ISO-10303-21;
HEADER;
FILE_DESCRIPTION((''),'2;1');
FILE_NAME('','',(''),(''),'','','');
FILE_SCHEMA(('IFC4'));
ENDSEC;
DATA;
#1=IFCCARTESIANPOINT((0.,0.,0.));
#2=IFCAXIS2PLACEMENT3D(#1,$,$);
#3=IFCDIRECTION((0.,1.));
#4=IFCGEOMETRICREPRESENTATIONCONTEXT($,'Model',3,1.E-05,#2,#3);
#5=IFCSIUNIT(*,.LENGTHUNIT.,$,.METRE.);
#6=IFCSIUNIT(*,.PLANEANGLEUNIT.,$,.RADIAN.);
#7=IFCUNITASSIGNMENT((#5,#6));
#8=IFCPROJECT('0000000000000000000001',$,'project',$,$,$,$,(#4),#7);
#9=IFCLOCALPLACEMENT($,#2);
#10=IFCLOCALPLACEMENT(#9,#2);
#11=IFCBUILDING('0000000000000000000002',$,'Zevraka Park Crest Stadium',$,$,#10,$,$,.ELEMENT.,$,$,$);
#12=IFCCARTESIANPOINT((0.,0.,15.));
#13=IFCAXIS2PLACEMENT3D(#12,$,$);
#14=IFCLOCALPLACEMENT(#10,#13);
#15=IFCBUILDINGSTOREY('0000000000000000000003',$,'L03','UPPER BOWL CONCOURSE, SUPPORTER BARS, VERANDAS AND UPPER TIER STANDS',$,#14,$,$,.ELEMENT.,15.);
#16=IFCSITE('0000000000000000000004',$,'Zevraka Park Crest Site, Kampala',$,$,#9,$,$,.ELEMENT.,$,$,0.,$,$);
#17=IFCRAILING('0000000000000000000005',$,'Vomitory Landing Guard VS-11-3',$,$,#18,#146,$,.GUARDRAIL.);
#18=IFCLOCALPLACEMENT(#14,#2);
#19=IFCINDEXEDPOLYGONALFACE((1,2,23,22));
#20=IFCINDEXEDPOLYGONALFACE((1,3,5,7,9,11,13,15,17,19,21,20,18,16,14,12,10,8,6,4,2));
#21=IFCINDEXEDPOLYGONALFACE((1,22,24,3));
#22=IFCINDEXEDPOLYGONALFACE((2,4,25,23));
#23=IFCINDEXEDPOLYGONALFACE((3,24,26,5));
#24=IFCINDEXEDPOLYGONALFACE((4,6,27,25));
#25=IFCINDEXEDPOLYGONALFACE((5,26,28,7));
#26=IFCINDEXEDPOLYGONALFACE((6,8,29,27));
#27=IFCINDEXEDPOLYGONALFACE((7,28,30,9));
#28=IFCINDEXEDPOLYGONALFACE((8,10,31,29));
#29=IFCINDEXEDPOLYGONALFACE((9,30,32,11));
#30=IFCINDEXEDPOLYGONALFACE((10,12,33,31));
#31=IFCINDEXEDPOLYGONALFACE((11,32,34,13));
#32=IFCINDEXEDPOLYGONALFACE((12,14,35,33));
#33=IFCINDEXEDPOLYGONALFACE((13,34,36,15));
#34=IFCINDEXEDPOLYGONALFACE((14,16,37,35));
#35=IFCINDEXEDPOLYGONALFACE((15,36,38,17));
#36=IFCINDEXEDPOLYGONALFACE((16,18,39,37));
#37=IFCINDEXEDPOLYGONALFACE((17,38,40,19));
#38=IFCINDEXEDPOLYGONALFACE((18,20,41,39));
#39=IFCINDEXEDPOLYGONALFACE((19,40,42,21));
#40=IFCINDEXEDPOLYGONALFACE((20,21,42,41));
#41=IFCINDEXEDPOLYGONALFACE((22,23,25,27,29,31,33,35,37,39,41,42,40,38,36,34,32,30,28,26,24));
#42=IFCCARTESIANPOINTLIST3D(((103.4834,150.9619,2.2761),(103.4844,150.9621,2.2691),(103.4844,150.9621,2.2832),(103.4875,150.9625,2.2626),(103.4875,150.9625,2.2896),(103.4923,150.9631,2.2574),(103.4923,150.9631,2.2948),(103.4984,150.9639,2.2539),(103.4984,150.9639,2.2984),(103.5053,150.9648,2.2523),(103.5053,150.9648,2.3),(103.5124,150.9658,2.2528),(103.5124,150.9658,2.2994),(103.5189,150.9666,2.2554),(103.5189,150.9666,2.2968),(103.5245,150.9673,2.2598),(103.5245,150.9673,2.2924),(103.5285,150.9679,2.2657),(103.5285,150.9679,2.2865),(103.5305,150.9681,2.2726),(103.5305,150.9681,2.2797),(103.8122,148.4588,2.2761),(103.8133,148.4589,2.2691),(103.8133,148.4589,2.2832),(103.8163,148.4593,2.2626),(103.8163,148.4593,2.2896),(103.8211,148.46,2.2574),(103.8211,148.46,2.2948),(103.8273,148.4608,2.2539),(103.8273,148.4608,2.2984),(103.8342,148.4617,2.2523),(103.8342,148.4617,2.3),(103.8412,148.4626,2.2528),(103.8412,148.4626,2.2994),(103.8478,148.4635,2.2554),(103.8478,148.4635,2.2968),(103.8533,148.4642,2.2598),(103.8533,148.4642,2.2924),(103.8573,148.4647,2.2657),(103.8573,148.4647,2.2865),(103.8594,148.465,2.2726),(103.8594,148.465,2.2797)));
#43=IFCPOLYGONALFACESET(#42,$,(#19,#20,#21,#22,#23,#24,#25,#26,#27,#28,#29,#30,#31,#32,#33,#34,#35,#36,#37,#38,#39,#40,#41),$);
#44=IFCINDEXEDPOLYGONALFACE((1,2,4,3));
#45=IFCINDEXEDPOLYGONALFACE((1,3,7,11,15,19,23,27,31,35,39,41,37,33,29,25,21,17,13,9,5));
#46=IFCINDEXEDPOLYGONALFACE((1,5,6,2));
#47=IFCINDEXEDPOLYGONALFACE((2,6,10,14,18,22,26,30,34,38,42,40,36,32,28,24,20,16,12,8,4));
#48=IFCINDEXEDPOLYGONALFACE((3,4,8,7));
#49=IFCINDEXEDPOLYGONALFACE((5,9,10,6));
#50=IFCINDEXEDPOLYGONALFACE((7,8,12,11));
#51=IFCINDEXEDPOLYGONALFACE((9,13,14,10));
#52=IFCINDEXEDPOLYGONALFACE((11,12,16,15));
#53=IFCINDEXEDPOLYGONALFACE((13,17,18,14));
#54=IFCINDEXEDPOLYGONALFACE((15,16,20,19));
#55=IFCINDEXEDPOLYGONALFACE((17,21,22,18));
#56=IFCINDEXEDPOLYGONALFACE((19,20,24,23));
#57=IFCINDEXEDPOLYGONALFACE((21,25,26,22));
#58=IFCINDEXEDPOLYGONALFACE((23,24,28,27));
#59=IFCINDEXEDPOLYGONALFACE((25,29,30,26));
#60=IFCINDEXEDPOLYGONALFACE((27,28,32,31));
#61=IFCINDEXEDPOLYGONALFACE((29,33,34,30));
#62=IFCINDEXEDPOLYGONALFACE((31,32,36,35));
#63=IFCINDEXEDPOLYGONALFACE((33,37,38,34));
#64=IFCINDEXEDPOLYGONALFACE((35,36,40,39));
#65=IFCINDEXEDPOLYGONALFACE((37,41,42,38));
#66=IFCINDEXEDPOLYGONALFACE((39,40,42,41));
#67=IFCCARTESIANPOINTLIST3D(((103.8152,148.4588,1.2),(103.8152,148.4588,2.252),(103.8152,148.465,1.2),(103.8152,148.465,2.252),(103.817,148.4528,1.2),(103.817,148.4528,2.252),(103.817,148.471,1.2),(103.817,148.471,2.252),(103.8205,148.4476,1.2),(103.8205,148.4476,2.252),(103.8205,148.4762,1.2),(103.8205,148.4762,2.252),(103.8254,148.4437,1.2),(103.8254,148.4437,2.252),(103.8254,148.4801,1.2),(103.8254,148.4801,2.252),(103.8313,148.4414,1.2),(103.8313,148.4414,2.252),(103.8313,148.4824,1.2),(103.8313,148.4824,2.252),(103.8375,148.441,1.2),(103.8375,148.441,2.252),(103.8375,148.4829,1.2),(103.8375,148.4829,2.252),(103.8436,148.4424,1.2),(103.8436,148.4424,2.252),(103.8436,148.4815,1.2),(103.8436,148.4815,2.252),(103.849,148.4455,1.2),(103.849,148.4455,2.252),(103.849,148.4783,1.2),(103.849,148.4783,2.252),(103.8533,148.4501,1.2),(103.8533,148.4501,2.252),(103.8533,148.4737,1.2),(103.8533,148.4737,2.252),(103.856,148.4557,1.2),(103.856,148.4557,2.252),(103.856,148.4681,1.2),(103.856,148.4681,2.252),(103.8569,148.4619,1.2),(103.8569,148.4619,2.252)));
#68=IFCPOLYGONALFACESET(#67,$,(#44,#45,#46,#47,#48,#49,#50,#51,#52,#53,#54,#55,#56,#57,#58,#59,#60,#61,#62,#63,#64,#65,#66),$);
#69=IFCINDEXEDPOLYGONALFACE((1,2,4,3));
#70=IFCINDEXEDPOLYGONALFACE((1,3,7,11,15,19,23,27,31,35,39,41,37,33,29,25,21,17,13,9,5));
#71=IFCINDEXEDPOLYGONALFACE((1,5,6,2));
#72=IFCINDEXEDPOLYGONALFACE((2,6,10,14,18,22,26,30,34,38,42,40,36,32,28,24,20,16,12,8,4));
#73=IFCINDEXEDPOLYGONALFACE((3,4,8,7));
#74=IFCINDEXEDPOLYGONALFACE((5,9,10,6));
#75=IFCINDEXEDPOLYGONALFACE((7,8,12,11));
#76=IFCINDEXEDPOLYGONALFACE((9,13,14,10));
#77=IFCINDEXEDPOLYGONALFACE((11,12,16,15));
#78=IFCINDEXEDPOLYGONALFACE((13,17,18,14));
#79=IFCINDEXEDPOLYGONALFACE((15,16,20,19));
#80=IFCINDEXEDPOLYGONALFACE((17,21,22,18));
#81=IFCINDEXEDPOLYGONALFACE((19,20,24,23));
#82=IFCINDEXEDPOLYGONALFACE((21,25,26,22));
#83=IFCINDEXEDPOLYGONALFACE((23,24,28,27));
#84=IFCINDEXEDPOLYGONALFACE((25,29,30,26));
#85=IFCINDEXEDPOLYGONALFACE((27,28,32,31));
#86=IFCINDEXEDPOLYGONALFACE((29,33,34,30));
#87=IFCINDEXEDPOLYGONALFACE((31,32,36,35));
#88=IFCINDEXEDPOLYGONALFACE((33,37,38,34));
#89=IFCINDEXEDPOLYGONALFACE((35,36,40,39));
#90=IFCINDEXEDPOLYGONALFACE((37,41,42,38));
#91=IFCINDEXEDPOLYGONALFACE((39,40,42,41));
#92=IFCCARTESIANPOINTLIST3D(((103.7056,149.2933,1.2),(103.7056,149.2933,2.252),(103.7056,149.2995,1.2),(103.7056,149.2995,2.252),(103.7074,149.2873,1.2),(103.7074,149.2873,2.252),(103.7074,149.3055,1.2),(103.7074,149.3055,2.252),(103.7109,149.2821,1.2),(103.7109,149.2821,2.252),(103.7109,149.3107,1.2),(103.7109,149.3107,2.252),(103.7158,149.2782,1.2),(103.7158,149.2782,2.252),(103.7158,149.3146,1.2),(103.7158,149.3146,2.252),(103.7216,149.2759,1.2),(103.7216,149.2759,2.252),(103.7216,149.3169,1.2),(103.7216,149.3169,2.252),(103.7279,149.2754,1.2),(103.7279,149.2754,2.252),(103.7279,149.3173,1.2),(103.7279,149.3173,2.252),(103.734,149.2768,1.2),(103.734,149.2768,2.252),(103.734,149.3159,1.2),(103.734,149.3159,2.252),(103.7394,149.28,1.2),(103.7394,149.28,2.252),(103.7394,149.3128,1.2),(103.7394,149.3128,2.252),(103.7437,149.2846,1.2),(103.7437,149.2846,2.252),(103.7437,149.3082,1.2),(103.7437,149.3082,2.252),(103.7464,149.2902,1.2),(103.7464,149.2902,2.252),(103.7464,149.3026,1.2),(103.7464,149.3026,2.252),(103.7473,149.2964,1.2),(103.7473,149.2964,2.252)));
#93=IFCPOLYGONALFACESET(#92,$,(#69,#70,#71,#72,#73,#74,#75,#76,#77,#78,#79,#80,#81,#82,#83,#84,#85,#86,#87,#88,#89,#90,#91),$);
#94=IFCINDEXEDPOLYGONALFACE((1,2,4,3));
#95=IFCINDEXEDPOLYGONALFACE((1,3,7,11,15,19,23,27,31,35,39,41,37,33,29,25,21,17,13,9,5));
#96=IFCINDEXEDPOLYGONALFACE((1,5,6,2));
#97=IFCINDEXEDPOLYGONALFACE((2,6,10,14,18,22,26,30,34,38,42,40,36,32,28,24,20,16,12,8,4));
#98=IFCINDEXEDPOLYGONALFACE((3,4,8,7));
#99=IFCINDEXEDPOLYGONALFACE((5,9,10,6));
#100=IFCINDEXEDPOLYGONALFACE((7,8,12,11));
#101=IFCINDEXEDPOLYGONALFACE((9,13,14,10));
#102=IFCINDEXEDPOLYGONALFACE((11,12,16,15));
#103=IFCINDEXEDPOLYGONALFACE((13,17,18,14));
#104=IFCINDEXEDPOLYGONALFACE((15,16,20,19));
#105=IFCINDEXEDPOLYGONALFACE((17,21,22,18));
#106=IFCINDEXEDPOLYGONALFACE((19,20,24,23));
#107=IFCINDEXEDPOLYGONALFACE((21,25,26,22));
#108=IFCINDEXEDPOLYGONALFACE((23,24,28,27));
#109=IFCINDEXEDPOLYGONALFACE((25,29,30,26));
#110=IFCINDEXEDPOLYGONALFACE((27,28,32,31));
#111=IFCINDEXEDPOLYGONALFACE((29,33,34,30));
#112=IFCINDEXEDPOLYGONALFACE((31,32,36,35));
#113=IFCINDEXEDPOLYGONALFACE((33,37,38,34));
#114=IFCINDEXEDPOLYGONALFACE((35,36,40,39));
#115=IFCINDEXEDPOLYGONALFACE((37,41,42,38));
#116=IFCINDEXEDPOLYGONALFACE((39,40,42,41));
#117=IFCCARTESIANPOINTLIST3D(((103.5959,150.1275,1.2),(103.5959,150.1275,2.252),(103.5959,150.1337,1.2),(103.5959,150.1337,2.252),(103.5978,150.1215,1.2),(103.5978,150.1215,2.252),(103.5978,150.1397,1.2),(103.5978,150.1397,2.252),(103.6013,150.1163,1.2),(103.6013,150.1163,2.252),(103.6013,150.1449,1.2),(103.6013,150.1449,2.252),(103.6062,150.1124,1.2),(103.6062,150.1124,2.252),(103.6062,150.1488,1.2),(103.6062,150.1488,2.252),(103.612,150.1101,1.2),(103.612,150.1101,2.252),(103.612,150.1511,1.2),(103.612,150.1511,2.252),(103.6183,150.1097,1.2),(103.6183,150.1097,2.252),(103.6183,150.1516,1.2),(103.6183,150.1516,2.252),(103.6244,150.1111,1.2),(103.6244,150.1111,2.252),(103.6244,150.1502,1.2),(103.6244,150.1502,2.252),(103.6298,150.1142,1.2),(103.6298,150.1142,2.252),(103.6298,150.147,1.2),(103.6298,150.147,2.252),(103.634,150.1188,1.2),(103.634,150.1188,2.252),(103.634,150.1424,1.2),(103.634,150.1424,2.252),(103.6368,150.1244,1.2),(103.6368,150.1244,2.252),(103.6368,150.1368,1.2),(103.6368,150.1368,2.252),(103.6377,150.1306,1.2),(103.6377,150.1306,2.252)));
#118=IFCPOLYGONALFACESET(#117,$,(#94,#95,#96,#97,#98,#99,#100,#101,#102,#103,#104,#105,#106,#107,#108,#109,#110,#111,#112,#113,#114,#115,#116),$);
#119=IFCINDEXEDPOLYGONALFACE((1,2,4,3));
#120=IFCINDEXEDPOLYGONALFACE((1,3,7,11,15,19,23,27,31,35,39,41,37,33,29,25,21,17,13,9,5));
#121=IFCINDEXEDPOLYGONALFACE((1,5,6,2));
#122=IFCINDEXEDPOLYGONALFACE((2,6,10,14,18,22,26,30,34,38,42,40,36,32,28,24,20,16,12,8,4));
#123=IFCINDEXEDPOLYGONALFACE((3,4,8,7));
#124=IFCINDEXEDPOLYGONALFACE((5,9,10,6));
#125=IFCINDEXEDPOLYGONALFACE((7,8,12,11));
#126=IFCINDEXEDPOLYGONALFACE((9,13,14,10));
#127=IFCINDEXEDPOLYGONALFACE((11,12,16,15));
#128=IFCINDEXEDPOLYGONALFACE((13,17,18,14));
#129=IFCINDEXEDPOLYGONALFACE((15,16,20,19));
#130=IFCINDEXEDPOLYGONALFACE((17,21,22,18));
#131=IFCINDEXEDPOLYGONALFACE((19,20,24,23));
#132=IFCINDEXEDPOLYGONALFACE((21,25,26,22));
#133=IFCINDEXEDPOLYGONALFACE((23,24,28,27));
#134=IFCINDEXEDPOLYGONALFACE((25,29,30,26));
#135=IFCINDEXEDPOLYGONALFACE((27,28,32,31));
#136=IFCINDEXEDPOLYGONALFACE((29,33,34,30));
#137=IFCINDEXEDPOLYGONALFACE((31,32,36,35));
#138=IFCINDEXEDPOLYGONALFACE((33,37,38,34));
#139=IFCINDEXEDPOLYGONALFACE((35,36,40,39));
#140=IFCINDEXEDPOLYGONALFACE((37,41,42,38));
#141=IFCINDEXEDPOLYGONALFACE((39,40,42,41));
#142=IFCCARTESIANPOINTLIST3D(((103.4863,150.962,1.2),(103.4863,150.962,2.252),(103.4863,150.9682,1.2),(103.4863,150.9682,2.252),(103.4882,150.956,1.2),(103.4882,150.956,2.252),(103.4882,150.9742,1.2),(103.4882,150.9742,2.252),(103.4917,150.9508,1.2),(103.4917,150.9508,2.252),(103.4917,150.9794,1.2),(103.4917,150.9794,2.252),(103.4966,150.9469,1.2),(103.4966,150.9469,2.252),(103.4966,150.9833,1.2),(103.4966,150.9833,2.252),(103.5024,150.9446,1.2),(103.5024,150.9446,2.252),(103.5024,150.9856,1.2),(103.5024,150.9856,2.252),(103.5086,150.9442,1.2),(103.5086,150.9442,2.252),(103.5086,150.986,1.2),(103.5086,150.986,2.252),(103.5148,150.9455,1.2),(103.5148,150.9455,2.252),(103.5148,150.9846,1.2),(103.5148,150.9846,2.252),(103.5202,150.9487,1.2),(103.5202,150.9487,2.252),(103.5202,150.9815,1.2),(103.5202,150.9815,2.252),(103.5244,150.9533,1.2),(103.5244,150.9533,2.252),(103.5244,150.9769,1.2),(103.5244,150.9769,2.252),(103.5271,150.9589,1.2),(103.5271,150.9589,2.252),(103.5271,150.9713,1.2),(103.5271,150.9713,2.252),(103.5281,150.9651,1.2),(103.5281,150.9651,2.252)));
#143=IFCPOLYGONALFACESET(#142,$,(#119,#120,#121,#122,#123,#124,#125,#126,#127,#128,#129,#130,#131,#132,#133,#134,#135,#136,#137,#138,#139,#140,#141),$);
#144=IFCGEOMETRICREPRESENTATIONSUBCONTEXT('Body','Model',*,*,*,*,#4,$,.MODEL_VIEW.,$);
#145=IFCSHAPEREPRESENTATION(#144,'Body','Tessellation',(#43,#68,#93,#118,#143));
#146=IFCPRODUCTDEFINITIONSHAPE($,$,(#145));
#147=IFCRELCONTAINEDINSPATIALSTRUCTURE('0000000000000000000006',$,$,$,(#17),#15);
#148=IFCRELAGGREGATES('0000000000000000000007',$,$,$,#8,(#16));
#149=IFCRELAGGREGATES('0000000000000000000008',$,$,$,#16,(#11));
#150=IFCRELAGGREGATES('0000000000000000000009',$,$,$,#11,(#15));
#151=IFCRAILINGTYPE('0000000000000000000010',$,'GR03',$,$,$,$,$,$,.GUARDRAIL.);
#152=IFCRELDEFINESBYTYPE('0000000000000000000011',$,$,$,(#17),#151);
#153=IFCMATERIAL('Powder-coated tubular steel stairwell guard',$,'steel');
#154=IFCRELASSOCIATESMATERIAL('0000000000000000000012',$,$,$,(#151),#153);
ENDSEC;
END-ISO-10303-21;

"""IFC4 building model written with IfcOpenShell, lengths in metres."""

from ifc_helpers import new_model, si_unit, direction, frame, origin, origin_2d, place, context, subcontext, project, spatial, circle, extrude, material, type_object, element, save


model = new_model("IFC4")

# Units and contexts
model_context = context("Model", 3, precision=1e-05, world=origin(), true_north=direction((0.0, 1.0)))
body_context = subcontext(model_context, "Body", "Model", "MODEL_VIEW")
ifc_project = project(units=[si_unit("LENGTHUNIT", "METRE"), si_unit("PLANEANGLEUNIT", "RADIAN")], contexts=[model_context])

# Site, building, storey
site_placement = place(None, origin())
site = spatial("IfcSite", under=ifc_project, at=site_placement, Name="Zevraka Park Crest Site, Kampala", CompositionType="ELEMENT", RefElevation=0.0)
building_placement = place(site_placement, origin())
building = spatial("IfcBuilding", under=site, at=building_placement, Name="Zevraka Park Crest Stadium", CompositionType="ELEMENT")
storey_placement = place(building_placement, frame((0.0, 0.0, 15.0)))
storey = spatial("IfcBuildingStorey", under=building, at=storey_placement, Name="L03", Description="UPPER BOWL CONCOURSE, SUPPORTER BARS, VERANDAS AND UPPER TIER STANDS", CompositionType="ELEMENT", Elevation=15.0)

# Railing
ifc_material_1 = material(Name="Powder-coated tubular steel stairwell guard", Category="steel")
railing_type_1 = type_object("IfcRailingType", Name="GR03", PredefinedType="GUARDRAIL", material=ifc_material_1)
railing_1_placement = place(storey_placement, frame((103.8359, 148.4619, 1.2)))
element("IfcRailing", 1, at=railing_1_placement, inside=storey, type_object=railing_type_1, Name="Vomitory Landing Guard VS-11-3", PredefinedType="GUARDRAIL", context=body_context, shape_type="SweptSolid", body=[
    extrude(circle(Radius=0.0239, at=origin_2d()), frame((0.0, 0.0, 1.0762), z_axis=(-0.130257, 0.99148, 0.0), x_axis=(-0.99148, -0.130257, 0.0)), (0.0, 0.0, 1.0), 2.5247),
    extrude(circle(Radius=0.021, at=origin_2d()), origin(), (0.0, 0.0, 1.0), 1.052),
    extrude(circle(Radius=0.021, at=origin_2d()), frame((-0.1096, 0.8345, 0.0)), (0.0, 0.0, 1.0), 1.052),
    extrude(circle(Radius=0.021, at=origin_2d()), frame((-0.2192, 1.6687, 0.0)), (0.0, 0.0, 1.0), 1.052),
    extrude(circle(Radius=0.021, at=origin_2d()), frame((-0.3289, 2.5032, 0.0)), (0.0, 0.0, 1.0), 1.052),
])

save(model, "model.ifc")
